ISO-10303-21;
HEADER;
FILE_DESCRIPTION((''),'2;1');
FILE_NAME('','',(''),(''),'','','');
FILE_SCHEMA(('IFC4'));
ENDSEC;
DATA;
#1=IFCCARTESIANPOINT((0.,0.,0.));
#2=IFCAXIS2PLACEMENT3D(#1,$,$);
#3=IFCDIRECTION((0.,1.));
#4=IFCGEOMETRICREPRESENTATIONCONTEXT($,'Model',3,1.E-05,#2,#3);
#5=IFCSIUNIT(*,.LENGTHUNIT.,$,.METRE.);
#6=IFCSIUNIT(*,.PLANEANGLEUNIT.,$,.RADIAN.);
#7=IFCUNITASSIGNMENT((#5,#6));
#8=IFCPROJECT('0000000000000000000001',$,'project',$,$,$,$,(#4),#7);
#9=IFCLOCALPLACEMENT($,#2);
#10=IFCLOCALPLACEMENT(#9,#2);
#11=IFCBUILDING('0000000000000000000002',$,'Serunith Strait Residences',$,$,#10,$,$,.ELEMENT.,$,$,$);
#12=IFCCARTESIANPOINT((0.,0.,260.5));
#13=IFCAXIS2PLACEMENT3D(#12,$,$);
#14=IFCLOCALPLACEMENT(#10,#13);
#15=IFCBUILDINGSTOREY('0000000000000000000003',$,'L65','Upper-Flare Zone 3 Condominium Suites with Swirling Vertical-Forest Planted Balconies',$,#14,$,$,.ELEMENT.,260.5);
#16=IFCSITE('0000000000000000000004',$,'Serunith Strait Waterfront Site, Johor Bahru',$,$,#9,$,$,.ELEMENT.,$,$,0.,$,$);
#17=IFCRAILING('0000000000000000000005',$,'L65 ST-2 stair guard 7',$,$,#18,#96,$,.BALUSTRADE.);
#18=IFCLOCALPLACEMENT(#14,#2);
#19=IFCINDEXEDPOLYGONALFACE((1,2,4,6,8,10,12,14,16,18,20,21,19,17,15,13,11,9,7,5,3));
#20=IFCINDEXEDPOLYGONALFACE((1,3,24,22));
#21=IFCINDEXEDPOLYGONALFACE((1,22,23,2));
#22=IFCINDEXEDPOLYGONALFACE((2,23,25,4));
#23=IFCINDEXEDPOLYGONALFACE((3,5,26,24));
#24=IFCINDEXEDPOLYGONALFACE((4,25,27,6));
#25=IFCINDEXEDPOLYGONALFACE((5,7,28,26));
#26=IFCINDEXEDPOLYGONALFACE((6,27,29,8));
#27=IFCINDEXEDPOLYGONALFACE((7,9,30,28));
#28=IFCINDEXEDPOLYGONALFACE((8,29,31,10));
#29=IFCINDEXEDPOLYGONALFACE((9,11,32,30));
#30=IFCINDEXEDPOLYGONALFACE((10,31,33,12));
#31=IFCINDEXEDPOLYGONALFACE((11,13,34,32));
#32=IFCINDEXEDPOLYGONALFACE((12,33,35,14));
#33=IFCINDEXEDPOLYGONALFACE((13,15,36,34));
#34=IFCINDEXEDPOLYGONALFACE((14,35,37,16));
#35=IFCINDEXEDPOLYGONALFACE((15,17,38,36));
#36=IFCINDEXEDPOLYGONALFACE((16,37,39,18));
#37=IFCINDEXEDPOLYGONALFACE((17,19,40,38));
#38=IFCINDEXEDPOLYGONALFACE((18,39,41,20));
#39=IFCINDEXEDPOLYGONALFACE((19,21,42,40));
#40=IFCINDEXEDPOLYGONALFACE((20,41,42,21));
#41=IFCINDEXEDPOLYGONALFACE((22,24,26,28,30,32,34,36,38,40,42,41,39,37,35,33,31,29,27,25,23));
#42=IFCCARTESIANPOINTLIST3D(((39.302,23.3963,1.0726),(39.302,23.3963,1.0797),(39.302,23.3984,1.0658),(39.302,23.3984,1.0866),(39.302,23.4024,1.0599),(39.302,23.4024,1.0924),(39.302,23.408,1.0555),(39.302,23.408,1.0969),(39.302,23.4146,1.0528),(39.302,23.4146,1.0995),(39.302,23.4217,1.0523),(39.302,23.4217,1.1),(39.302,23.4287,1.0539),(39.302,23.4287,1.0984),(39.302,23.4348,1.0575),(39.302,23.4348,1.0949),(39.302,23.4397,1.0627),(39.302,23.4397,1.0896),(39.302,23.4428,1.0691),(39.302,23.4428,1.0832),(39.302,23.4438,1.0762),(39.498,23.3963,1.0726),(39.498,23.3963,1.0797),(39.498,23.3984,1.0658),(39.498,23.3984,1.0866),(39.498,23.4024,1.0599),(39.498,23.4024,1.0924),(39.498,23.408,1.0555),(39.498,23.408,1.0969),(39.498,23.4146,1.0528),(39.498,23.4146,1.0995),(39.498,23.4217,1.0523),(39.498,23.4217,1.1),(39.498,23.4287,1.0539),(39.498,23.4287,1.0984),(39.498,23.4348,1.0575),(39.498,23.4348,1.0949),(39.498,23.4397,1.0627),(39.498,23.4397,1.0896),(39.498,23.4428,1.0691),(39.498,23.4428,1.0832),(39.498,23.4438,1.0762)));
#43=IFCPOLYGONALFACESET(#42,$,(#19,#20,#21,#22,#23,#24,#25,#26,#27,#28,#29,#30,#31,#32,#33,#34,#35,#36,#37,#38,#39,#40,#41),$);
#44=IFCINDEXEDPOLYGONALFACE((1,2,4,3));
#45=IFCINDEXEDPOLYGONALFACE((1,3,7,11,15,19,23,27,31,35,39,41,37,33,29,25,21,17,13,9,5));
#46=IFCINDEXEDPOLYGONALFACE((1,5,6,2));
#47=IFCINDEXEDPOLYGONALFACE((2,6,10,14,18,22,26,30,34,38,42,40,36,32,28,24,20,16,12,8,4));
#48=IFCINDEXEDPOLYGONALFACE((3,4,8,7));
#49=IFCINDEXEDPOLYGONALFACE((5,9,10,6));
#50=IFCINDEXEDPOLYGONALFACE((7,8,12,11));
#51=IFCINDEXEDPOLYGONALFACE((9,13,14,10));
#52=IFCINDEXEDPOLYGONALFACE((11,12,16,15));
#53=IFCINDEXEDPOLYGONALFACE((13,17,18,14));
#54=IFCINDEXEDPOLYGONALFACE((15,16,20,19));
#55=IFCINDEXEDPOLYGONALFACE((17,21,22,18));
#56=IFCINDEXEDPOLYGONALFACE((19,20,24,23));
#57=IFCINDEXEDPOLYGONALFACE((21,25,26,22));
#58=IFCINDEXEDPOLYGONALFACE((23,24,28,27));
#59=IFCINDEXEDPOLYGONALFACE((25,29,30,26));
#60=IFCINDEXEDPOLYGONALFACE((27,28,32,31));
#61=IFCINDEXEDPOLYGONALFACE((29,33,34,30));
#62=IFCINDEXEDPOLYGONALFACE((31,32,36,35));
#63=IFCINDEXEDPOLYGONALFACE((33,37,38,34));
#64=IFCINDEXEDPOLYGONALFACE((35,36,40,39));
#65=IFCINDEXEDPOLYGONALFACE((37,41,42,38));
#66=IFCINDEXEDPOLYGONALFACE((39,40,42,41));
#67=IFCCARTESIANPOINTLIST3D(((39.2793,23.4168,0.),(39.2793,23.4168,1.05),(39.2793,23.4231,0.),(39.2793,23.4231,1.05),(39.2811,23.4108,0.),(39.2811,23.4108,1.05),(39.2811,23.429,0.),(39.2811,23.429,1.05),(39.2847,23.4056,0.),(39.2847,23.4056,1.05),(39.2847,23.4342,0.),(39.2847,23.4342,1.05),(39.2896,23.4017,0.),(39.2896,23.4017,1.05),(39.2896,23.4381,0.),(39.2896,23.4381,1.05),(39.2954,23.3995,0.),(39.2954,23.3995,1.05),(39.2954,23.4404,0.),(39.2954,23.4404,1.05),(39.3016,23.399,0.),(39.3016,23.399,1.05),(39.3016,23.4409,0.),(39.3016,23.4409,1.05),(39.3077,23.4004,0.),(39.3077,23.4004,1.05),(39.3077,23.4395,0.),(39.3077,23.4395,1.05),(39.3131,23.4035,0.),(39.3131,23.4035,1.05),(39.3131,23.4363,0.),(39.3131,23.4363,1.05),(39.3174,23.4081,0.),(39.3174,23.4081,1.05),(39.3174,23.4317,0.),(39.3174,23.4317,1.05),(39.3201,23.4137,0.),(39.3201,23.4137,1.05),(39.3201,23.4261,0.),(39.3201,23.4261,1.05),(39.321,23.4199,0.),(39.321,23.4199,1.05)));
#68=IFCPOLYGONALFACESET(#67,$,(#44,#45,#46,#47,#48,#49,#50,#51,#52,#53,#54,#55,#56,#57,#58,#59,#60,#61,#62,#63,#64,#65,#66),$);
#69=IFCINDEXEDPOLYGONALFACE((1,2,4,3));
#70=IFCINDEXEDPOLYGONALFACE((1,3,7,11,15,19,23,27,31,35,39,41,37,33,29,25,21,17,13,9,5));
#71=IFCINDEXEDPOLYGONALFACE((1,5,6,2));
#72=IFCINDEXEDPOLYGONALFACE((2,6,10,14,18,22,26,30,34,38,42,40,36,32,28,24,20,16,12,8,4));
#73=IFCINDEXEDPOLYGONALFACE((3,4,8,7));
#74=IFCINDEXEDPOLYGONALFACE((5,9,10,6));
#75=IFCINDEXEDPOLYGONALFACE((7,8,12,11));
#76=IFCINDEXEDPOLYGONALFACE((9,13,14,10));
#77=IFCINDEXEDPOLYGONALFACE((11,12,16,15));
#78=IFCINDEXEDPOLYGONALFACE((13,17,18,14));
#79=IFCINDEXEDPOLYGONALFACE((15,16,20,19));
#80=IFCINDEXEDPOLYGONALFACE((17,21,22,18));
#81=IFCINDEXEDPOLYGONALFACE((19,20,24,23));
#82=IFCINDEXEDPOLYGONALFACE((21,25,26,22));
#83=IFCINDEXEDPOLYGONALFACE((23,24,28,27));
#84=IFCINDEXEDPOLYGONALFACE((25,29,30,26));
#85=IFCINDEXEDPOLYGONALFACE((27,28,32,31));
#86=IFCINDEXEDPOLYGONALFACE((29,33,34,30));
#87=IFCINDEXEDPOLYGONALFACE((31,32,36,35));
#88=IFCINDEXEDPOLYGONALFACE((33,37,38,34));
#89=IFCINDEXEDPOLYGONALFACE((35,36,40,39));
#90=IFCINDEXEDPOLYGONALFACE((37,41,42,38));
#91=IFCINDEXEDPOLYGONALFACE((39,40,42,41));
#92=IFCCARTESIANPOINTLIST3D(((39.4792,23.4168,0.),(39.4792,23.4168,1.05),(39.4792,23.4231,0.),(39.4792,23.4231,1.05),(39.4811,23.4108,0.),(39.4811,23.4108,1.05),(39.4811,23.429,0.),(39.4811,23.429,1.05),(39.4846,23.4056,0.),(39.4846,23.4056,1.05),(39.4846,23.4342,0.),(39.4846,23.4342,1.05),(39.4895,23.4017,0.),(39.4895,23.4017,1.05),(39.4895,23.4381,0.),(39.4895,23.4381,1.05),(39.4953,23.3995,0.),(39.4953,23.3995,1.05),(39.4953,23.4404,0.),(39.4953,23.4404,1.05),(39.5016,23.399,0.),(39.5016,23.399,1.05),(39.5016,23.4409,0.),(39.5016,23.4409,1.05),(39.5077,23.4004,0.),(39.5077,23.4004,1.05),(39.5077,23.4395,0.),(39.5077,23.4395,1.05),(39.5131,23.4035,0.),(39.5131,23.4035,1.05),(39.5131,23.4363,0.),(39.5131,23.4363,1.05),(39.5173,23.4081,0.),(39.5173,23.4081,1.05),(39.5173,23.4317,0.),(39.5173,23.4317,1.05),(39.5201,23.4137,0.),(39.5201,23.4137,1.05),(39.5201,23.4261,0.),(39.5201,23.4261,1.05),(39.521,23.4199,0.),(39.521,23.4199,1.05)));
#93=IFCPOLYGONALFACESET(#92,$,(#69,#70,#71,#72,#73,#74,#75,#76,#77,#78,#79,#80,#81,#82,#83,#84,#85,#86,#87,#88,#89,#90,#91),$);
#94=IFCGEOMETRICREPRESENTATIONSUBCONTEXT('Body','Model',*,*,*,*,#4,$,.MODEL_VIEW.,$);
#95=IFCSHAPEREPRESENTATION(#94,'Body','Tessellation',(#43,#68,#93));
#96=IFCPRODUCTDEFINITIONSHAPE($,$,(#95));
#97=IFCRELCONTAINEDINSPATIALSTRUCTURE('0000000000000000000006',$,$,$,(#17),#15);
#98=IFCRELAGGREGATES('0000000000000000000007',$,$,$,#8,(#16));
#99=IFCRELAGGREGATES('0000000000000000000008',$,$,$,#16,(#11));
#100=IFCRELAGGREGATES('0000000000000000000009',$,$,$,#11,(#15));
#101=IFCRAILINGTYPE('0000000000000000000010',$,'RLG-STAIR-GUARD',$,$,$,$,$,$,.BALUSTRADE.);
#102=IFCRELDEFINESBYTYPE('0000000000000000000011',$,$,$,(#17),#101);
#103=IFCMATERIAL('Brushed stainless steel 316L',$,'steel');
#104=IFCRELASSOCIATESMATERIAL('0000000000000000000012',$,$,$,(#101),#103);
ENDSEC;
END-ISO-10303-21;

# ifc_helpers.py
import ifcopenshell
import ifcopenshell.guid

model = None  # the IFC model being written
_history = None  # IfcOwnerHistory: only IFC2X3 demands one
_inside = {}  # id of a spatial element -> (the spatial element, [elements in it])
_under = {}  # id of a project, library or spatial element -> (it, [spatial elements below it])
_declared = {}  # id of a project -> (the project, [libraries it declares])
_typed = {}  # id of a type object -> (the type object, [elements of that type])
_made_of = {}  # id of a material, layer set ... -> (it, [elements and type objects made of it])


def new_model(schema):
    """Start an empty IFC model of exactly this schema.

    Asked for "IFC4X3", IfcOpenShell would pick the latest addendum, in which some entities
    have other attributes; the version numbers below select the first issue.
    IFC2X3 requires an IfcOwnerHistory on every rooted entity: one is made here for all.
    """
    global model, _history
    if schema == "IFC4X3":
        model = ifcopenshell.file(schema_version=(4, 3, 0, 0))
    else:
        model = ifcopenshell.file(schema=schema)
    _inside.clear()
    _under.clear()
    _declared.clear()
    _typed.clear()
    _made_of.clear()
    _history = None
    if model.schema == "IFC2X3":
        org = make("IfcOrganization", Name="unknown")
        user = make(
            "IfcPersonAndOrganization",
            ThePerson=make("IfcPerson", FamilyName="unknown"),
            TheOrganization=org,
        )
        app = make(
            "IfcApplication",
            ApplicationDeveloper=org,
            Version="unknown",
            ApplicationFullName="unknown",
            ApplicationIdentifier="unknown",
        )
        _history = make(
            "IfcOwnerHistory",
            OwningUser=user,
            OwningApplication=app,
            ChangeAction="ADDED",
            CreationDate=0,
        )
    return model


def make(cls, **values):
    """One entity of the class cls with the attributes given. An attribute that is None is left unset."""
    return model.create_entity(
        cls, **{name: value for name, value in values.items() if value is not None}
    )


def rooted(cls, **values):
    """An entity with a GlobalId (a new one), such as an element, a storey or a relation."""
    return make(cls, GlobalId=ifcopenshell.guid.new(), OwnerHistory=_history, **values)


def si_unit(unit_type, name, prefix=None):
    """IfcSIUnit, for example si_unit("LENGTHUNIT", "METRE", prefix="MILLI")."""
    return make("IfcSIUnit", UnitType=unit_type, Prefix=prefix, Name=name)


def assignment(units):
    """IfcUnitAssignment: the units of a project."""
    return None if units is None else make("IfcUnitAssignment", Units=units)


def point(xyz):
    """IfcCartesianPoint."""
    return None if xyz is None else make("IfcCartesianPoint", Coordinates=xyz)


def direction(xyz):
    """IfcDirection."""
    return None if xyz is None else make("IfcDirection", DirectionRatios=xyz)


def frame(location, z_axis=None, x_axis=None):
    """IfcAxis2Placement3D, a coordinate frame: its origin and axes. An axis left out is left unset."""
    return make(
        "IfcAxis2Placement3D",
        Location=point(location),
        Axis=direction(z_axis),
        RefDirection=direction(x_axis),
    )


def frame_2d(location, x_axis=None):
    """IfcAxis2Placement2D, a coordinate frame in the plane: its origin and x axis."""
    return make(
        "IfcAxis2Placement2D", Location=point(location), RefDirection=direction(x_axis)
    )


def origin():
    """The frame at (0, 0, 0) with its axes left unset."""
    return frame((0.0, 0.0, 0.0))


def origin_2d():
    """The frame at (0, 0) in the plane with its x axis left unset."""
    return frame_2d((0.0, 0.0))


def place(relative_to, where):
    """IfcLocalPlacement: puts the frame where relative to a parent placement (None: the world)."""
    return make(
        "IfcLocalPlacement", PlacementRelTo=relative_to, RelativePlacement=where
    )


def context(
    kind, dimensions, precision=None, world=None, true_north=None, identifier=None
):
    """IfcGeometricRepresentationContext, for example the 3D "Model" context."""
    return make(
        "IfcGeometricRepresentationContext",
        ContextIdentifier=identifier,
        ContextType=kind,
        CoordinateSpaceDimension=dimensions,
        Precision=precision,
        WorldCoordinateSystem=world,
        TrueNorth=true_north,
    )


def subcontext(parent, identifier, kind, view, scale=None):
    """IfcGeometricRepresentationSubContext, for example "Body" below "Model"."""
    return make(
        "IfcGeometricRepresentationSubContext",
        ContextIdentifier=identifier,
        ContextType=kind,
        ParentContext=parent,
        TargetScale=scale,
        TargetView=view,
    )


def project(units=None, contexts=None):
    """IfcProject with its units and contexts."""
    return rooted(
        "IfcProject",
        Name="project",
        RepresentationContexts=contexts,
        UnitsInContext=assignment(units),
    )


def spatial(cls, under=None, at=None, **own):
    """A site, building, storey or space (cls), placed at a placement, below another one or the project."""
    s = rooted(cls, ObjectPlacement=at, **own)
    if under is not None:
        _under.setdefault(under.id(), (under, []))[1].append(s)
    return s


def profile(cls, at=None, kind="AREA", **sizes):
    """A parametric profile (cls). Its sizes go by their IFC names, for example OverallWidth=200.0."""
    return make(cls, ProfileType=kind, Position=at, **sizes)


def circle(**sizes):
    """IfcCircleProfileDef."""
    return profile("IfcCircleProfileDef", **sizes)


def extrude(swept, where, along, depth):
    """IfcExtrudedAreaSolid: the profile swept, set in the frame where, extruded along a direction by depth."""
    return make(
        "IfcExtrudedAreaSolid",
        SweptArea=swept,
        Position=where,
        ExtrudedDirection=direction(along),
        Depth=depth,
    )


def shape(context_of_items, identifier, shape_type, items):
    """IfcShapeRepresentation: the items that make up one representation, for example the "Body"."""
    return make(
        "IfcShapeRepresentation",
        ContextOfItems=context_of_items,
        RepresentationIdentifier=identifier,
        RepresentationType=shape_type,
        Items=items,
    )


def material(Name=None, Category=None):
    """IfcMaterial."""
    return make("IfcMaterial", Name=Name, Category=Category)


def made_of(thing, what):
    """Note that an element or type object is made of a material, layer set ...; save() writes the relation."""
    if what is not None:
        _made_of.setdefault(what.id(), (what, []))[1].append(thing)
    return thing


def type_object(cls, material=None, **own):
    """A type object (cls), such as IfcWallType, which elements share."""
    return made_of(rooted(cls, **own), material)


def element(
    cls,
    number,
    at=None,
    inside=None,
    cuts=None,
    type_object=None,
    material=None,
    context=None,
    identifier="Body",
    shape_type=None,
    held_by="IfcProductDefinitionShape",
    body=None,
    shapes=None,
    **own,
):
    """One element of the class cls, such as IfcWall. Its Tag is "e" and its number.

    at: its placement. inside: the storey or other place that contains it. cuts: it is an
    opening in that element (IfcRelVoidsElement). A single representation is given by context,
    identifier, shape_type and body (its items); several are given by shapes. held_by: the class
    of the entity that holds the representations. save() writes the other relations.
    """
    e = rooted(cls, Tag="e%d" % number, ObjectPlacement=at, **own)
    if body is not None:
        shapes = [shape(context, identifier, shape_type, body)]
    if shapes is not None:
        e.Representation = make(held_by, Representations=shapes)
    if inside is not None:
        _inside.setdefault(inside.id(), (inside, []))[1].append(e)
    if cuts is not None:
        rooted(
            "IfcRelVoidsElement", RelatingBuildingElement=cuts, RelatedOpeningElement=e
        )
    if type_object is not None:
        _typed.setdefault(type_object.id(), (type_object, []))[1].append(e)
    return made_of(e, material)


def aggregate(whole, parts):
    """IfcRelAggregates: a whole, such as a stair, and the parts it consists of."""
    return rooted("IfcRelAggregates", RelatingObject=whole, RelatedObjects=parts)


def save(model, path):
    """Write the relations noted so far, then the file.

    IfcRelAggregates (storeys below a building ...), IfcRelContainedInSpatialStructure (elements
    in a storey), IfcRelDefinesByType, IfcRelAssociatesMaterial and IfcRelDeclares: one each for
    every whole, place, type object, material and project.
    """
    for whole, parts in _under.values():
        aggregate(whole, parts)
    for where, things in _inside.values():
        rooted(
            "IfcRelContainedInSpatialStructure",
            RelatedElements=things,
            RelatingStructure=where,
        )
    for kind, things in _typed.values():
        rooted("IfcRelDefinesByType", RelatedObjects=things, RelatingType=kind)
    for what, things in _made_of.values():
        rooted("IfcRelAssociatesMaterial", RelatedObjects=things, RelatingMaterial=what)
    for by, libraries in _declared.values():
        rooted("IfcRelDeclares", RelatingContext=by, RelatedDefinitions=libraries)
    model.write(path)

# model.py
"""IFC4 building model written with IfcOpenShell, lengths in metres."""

from ifc_helpers import new_model, si_unit, direction, frame, origin, origin_2d, place, context, subcontext, project, spatial, circle, extrude, material, type_object, element, save


model = new_model("IFC4")

# Units and contexts
model_context = context("Model", 3, precision=1e-05, world=origin(), true_north=direction((0.0, 1.0)))
body_context = subcontext(model_context, "Body", "Model", "MODEL_VIEW")
ifc_project = project(units=[si_unit("LENGTHUNIT", "METRE"), si_unit("PLANEANGLEUNIT", "RADIAN")], contexts=[model_context])

# Site, building, storey
site_placement = place(None, origin())
site = spatial("IfcSite", under=ifc_project, at=site_placement, Name="Serunith Strait Waterfront Site, Johor Bahru", CompositionType="ELEMENT", RefElevation=0.0)
building_placement = place(site_placement, origin())
building = spatial("IfcBuilding", under=site, at=building_placement, Name="Serunith Strait Residences", CompositionType="ELEMENT")
storey_placement = place(building_placement, frame((0.0, 0.0, 260.5)))
storey = spatial("IfcBuildingStorey", under=building, at=storey_placement, Name="L65", Description="Upper-Flare Zone 3 Condominium Suites with Swirling Vertical-Forest Planted Balconies", CompositionType="ELEMENT", Elevation=260.5)

# Railing
ifc_material_1 = material(Name="Brushed stainless steel 316L", Category="steel")
railing_type_1 = type_object("IfcRailingType", Name="RLG-STAIR-GUARD", PredefinedType="BALUSTRADE", material=ifc_material_1)
railing_1_placement = place(storey_placement, frame((39.3, 23.4199, 0.0)))
element("IfcRailing", 1, at=railing_1_placement, inside=storey, type_object=railing_type_1, Name="L65 ST-2 stair guard 7", PredefinedType="BALUSTRADE", context=body_context, shape_type="SweptSolid", body=[
    extrude(circle(Radius=0.0239, at=origin_2d()), frame((0.002, 0.0, 1.0762), z_axis=(1.0, 0.0, 0.0), x_axis=(0.0, 1.0, 0.0)), (0.0, 0.0, 1.0), 0.196),
    extrude(circle(Radius=0.021, at=origin_2d()), origin(), (0.0, 0.0, 1.0), 1.05),
    extrude(circle(Radius=0.021, at=origin_2d()), frame((0.2, 0.0, 0.0)), (0.0, 0.0, 1.0), 1.05),
])

save(model, "model.ifc")
